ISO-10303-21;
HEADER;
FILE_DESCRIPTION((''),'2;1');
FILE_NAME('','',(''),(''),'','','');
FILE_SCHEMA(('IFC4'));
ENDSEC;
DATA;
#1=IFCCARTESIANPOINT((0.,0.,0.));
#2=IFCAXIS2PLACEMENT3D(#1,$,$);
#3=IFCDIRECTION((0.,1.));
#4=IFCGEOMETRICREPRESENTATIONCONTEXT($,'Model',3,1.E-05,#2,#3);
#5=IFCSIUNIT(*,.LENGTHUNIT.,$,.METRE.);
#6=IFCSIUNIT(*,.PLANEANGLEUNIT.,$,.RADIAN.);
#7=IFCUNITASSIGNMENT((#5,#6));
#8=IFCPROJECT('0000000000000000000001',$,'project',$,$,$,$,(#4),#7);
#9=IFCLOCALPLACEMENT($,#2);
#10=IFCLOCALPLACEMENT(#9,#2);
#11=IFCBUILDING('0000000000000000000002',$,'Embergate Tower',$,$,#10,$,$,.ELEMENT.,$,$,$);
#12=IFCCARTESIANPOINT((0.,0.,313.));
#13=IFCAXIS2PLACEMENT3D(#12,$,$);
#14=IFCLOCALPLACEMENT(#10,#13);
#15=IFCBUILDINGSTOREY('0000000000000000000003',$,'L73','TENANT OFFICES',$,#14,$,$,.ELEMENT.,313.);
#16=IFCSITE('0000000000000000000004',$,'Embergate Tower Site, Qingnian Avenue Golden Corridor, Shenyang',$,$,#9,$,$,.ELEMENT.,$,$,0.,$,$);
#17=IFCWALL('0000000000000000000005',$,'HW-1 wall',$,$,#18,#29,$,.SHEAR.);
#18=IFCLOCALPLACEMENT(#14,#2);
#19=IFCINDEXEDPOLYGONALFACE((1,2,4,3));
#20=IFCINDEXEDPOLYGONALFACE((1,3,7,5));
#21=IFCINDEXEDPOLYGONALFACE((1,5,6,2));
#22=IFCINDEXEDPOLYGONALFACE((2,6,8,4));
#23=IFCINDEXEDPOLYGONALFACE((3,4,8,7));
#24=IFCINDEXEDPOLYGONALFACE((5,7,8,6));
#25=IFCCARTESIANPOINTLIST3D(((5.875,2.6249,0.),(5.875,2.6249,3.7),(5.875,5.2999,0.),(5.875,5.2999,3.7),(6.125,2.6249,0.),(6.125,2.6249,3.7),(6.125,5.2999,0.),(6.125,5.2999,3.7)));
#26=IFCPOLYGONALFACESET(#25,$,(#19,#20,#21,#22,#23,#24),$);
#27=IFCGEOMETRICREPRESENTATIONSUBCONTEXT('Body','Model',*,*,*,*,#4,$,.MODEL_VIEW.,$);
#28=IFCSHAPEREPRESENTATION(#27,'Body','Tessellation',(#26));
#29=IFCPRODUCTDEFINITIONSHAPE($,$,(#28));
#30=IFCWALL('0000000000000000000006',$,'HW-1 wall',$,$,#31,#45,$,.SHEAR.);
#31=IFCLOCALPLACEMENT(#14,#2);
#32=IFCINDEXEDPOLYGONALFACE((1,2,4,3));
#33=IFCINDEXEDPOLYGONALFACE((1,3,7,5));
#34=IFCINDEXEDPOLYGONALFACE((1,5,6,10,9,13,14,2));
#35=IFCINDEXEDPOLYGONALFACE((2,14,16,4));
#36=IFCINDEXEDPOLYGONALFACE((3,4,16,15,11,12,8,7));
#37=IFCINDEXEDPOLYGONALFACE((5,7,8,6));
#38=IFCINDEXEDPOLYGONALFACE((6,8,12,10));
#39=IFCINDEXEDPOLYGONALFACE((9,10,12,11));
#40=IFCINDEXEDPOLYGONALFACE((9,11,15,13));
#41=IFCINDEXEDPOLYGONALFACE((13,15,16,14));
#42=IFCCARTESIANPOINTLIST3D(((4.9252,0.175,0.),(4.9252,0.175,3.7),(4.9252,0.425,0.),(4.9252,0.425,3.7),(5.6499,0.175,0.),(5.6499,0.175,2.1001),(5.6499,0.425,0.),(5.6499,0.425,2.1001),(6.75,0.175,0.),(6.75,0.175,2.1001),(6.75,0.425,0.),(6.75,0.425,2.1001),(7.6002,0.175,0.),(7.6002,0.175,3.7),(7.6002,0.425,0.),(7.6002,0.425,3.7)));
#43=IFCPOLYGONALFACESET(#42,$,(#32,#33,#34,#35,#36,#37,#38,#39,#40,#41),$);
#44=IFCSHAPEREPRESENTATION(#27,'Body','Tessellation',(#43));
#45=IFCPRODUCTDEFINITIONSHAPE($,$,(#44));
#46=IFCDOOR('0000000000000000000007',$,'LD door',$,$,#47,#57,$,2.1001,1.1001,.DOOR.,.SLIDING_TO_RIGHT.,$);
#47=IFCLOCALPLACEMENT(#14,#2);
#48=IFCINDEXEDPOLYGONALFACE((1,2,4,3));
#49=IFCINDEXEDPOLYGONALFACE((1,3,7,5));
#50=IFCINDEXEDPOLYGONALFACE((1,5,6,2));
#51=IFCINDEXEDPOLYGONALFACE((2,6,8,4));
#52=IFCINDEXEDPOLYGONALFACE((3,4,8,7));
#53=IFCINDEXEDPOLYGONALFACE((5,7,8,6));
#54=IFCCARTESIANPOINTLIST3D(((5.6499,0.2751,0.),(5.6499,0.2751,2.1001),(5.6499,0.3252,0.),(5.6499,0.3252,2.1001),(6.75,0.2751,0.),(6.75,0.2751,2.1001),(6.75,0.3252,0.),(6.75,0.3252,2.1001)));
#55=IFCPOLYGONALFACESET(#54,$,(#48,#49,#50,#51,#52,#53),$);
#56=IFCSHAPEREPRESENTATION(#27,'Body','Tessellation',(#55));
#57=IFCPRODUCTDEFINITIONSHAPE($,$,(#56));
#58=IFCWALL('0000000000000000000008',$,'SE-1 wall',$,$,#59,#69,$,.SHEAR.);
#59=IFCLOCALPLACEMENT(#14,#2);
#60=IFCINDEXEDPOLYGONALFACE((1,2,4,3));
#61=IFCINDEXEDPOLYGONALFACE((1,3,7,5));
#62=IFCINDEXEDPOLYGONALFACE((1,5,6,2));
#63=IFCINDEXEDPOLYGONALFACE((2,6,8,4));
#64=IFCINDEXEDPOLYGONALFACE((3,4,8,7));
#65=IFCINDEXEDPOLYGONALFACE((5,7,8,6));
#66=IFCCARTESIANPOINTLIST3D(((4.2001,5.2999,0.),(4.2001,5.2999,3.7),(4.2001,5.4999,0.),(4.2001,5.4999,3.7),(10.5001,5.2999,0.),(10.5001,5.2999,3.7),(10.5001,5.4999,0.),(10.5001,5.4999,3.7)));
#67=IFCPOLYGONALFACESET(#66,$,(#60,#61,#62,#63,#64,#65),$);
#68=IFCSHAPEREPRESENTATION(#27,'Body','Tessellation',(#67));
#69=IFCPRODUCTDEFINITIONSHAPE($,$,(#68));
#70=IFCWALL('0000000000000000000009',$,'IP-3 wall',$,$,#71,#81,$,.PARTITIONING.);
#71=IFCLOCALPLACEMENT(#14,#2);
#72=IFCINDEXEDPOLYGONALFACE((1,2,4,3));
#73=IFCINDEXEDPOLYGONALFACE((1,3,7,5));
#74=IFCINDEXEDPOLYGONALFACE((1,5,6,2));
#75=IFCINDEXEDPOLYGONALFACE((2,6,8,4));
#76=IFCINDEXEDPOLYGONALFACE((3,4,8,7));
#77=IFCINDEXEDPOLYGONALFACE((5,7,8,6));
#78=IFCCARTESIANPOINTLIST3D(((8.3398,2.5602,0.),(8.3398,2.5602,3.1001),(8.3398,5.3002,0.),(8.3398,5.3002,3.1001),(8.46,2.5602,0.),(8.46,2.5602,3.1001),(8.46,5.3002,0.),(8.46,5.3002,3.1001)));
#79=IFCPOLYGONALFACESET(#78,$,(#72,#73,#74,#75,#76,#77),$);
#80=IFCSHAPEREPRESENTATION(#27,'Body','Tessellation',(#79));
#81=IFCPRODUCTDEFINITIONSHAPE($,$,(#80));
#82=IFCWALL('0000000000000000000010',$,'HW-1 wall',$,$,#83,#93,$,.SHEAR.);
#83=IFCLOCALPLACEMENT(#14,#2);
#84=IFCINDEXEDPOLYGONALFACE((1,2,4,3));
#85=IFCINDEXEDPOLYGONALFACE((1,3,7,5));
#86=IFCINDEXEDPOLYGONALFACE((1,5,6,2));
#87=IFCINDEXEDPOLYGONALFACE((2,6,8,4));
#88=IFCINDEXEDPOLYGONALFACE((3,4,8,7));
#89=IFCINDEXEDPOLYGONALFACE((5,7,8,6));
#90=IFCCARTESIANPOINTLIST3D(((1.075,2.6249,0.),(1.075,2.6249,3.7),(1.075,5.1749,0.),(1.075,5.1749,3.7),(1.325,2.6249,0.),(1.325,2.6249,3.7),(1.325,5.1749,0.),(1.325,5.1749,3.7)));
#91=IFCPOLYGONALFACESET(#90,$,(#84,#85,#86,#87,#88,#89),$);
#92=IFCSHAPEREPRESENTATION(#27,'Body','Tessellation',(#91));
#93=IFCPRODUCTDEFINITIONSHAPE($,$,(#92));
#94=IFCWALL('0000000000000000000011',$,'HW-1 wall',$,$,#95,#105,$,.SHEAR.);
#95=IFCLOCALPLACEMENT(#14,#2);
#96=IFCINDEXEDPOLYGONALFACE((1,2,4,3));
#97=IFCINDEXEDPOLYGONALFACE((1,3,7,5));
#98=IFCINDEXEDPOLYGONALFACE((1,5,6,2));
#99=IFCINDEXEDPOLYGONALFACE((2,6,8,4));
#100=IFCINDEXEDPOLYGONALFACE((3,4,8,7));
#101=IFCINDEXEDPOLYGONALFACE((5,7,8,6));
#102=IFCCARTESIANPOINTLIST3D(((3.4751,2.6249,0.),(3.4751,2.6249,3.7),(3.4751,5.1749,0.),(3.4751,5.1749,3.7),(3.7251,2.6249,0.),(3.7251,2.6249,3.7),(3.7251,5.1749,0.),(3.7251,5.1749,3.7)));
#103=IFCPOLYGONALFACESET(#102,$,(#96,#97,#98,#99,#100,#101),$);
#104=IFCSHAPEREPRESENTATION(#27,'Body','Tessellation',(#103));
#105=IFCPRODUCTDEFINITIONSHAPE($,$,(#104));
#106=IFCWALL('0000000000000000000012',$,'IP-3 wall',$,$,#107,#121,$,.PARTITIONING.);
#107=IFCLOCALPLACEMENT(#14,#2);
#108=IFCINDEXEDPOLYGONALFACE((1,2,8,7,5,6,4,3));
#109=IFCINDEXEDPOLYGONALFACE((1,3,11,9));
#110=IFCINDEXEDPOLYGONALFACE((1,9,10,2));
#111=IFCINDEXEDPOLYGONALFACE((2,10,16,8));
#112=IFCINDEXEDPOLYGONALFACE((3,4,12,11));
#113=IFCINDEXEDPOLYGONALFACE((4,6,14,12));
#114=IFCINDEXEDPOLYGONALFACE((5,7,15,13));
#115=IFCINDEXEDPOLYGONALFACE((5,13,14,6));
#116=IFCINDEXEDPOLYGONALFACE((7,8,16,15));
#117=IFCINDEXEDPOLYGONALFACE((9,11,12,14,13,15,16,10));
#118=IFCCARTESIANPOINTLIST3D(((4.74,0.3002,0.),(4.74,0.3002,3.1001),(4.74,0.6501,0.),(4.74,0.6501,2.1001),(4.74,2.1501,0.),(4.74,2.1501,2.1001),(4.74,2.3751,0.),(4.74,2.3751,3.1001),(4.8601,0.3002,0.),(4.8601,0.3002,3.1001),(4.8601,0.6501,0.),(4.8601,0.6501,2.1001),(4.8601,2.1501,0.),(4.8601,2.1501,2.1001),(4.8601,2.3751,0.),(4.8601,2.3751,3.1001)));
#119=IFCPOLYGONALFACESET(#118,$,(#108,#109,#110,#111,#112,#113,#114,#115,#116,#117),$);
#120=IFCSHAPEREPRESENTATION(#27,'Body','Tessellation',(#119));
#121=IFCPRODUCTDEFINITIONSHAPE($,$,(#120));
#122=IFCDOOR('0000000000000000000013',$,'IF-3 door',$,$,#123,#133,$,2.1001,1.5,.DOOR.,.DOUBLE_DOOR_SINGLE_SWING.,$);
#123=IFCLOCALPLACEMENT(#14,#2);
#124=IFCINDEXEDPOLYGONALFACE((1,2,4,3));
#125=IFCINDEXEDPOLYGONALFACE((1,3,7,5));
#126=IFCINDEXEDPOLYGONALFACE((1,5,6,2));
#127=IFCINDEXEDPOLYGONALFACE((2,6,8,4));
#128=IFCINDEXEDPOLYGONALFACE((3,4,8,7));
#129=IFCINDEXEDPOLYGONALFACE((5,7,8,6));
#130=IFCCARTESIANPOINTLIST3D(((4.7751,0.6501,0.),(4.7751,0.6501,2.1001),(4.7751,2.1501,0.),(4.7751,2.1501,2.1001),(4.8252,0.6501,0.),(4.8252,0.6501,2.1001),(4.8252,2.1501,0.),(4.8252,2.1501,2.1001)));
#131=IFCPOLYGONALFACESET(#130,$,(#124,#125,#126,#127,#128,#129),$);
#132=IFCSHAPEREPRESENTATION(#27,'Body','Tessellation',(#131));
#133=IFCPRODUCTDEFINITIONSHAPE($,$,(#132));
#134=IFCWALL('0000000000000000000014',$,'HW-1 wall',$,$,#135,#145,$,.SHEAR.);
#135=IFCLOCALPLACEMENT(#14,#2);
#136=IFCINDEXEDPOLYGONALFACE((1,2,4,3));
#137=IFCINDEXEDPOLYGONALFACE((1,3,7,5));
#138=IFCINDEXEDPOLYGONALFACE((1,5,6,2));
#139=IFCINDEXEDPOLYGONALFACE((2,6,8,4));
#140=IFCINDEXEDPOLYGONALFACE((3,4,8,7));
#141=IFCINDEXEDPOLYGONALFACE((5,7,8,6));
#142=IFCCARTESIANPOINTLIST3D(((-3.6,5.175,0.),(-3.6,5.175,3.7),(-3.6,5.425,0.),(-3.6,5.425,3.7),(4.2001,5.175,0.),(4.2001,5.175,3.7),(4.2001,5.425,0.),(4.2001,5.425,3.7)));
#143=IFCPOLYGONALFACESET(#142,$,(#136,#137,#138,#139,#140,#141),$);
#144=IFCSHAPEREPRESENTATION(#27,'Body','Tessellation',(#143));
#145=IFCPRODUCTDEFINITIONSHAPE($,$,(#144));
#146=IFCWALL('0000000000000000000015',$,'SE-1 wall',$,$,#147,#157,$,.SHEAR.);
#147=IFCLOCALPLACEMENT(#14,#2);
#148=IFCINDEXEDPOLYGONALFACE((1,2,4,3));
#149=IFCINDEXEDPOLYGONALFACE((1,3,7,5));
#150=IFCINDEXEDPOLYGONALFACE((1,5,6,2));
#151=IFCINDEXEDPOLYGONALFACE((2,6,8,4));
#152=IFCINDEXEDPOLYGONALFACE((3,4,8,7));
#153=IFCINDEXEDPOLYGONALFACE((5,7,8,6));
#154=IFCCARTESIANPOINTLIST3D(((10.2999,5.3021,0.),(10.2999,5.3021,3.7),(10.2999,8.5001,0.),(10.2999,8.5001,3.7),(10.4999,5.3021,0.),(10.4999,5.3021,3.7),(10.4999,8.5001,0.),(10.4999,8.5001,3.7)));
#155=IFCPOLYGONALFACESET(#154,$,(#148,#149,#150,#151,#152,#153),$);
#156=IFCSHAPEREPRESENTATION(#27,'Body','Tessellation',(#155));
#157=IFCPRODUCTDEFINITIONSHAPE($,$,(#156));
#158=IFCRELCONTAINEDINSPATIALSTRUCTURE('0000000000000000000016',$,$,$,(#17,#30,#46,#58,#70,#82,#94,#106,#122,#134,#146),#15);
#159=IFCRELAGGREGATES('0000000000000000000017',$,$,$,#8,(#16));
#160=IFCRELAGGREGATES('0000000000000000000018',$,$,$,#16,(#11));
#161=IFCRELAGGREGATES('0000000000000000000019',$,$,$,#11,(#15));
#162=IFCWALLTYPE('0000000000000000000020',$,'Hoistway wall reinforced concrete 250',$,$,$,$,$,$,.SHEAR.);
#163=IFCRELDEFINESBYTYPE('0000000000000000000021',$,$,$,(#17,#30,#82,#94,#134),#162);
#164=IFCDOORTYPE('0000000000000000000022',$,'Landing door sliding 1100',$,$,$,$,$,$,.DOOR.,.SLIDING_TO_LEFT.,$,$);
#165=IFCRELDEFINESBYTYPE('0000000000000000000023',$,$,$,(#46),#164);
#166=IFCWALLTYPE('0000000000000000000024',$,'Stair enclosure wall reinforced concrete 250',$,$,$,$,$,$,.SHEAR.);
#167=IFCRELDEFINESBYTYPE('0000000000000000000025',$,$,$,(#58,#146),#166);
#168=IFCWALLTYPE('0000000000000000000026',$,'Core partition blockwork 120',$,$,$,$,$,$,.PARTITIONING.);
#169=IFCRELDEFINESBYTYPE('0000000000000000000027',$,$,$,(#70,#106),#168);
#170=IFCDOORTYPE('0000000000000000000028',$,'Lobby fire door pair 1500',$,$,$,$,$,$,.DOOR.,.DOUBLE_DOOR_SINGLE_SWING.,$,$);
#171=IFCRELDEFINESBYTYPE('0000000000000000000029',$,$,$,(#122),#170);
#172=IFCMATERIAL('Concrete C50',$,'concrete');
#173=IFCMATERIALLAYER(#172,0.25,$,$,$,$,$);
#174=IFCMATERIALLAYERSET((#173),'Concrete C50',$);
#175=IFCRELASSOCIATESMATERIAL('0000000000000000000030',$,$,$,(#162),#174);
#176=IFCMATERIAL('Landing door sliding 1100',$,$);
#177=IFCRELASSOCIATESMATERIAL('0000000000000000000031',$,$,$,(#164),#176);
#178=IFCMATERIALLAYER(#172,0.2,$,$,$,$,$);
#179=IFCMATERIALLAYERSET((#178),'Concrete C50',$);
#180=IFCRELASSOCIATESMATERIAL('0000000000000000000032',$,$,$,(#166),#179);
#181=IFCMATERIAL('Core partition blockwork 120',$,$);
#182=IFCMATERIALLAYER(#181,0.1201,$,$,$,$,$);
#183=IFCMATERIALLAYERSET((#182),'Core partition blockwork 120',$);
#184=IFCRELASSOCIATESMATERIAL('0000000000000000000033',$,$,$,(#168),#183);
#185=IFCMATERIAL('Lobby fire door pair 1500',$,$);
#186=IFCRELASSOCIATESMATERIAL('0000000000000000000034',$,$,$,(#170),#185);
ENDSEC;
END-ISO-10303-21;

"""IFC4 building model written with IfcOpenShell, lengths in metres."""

from ifc_helpers import new_model, si_unit, direction, frame, frame_2d, origin, place, context, subcontext, project, spatial, rectangle, extrude, source, transform, mapped, material, layer, layer_set, type_object, element, fill, save


model = new_model("IFC4")

# Units and contexts
model_context = context("Model", 3, precision=1e-05, world=origin(), true_north=direction((0.0, 1.0)))
body_context = subcontext(model_context, "Body", "Model", "MODEL_VIEW")
ifc_project = project(units=[si_unit("LENGTHUNIT", "METRE"), si_unit("PLANEANGLEUNIT", "RADIAN")], contexts=[model_context])

# Site, building, storey
site_placement = place(None, origin())
site = spatial("IfcSite", under=ifc_project, at=site_placement, Name="Embergate Tower Site, Qingnian Avenue Golden Corridor, Shenyang", CompositionType="ELEMENT", RefElevation=0.0)
building_placement = place(site_placement, origin())
building = spatial("IfcBuilding", under=site, at=building_placement, Name="Embergate Tower", CompositionType="ELEMENT")
storey_placement = place(building_placement, frame((0.0, 0.0, 313.0)))
storey = spatial("IfcBuildingStorey", under=building, at=storey_placement, Name="L73", Description="TENANT OFFICES", CompositionType="ELEMENT", Elevation=313.0)

# Wall
ifc_material_1 = material(Name="Concrete C50", Category="concrete")
ifc_layer_1 = layer(ifc_material_1, 0.25)
ifc_layer_set_1 = layer_set([ifc_layer_1], Name="Concrete C50")
wall_type_1 = type_object("IfcWallType", Name="Hoistway wall reinforced concrete 250", PredefinedType="SHEAR", material=ifc_layer_set_1)
shared_shape_1 = source(origin(), body_context, "Body", "SweptSolid", [
    extrude(rectangle(XDim=2.675, YDim=0.25, at=frame_2d((1.3374, 0.0))), origin(), (0.0, 0.0, 1.0), 3.7),
])
wall_1_placement = place(storey_placement, frame((6.0, 2.625, 0.0), z_axis=(0.0, 0.0, 1.0), x_axis=(0.0, 1.0, 0.0)))
element("IfcWall", 1, at=wall_1_placement, inside=storey, type_object=wall_type_1, Name="HW-1 wall", PredefinedType="SHEAR", context=body_context, shape_type="MappedRepresentation", body=[
    mapped(shared_shape_1, transform((0.0, 0.0, 0.0))),
])

# Wall, opening, door
wall_2_placement = place(storey_placement, frame((7.6001, 0.3, 0.0), z_axis=(0.0, 0.0, 1.0), x_axis=(-1.0, 0.0, 0.0)))
wall_2 = element("IfcWall", 2, at=wall_2_placement, inside=storey, type_object=wall_type_1, Name="HW-1 wall", PredefinedType="SHEAR", context=body_context, shape_type="MappedRepresentation", body=[
    mapped(shared_shape_1, transform((0.0, 0.0, 0.0))),
])
shared_shape_2 = source(origin(), body_context, "Body", "SweptSolid", [
    extrude(rectangle(XDim=1.1001, YDim=2.1001, at=frame_2d((0.55, 1.05))), frame((0.0, 0.135, 0.0), z_axis=(0.0, -1.0, 0.0), x_axis=(1.0, 0.0, 0.0)), (0.0, 0.0, 1.0), 0.27),
])
opening_1_placement = place(wall_2_placement, frame((0.8501, 0.0, 0.0)))
opening_1 = element("IfcOpeningElement", 3, at=opening_1_placement, cuts=wall_2, PredefinedType="OPENING", context=body_context, shape_type="MappedRepresentation", body=[
    mapped(shared_shape_2, transform((0.0, 0.0, 0.0))),
])
ifc_material_2 = material(Name="Landing door sliding 1100")
door_type_1 = type_object("IfcDoorType", Name="Landing door sliding 1100", OperationType="SLIDING_TO_LEFT", PredefinedType="DOOR", material=ifc_material_2)
shared_shape_3 = source(origin(), body_context, "Body", "SweptSolid", [
    extrude(rectangle(XDim=1.1001, YDim=2.1001, at=frame_2d((0.55, 1.05))), frame((0.0, 0.0249, 0.0), z_axis=(0.0, -1.0, 0.0), x_axis=(1.0, 0.0, 0.0)), (0.0, 0.0, 1.0), 0.05),
])
door_1_placement = place(opening_1_placement, origin())
door_1 = element("IfcDoor", 4, at=door_1_placement, inside=storey, type_object=door_type_1, Name="LD door", OperationType="SLIDING_TO_RIGHT", OverallHeight=2.1001, OverallWidth=1.1001, PredefinedType="DOOR", context=body_context, shape_type="MappedRepresentation", body=[
    mapped(shared_shape_3, transform((0.0, 0.0, 0.0))),
])
fill(opening_1, door_1)

# Walls
ifc_layer_2 = layer(ifc_material_1, 0.2)
ifc_layer_set_2 = layer_set([ifc_layer_2], Name="Concrete C50")
wall_type_2 = type_object("IfcWallType", Name="Stair enclosure wall reinforced concrete 250", PredefinedType="SHEAR", material=ifc_layer_set_2)
shared_shape_4 = source(origin(), body_context, "Body", "SweptSolid", [
    extrude(rectangle(XDim=6.3, YDim=0.2, at=frame_2d((3.1499, 0.0))), origin(), (0.0, 0.0, 1.0), 3.7),
])
wall_3_placement = place(storey_placement, frame((10.5, 5.3999, 0.0), z_axis=(0.0, 0.0, 1.0), x_axis=(-1.0, 0.0, 0.0)))
element("IfcWall", 5, at=wall_3_placement, inside=storey, type_object=wall_type_2, Name="SE-1 wall", PredefinedType="SHEAR", context=body_context, shape_type="MappedRepresentation", body=[
    mapped(shared_shape_4, transform((0.0, 0.0, 0.0))),
])
ifc_material_3 = material(Name="Core partition blockwork 120")
ifc_layer_3 = layer(ifc_material_3, 0.1201)
ifc_layer_set_3 = layer_set([ifc_layer_3], Name="Core partition blockwork 120")
wall_type_3 = type_object("IfcWallType", Name="Core partition blockwork 120", PredefinedType="PARTITIONING", material=ifc_layer_set_3)
shared_shape_5 = source(origin(), body_context, "Body", "SweptSolid", [
    extrude(rectangle(XDim=2.74, YDim=0.1201, at=frame_2d((1.3701, 0.0))), origin(), (0.0, 0.0, 1.0), 3.1001),
])
wall_4_placement = place(storey_placement, frame((8.3999, 2.5601, 0.0), z_axis=(0.0, 0.0, 1.0), x_axis=(0.0, 1.0, 0.0)))
element("IfcWall", 6, at=wall_4_placement, inside=storey, type_object=wall_type_3, Name="IP-3 wall", PredefinedType="PARTITIONING", context=body_context, shape_type="MappedRepresentation", body=[
    mapped(shared_shape_5, transform((0.0, 0.0, 0.0))),
])
shared_shape_6 = source(origin(), body_context, "Body", "SweptSolid", [
    extrude(rectangle(XDim=2.55, YDim=0.25, at=frame_2d((1.2749, 0.0))), origin(), (0.0, 0.0, 1.0), 3.7),
])
for number, where, z_axis, x_axis, name in (
    (7, (1.2, 2.625, 0.0), (0.0, 0.0, 1.0), (0.0, 1.0, 0.0), "HW-1 wall"),
    (8, (3.6001, 2.625, 0.0), (0.0, 0.0, 1.0), (0.0, 1.0, 0.0), "HW-1 wall"),
):
    element("IfcWall", number, at=place(storey_placement, frame(where, z_axis=z_axis, x_axis=x_axis)), inside=storey, type_object=wall_type_1, Name=name, PredefinedType="SHEAR", context=body_context, shape_type="MappedRepresentation", body=[
        mapped(shared_shape_6, transform((0.0, 0.0, 0.0))),
    ])

# Wall, opening, door
shared_shape_7 = source(origin(), body_context, "Body", "SweptSolid", [
    extrude(rectangle(XDim=2.075, YDim=0.1201, at=frame_2d((1.0376, 0.0))), origin(), (0.0, 0.0, 1.0), 3.1001),
])
wall_5_placement = place(storey_placement, frame((4.8, 0.3, 0.0), z_axis=(0.0, 0.0, 1.0), x_axis=(0.0, 1.0, 0.0)))
wall_5 = element("IfcWall", 9, at=wall_5_placement, inside=storey, type_object=wall_type_3, Name="IP-3 wall", PredefinedType="PARTITIONING", context=body_context, shape_type="MappedRepresentation", body=[
    mapped(shared_shape_7, transform((0.0, 0.0, 0.0))),
])
shared_shape_8 = source(origin(), body_context, "Body", "SweptSolid", [
    extrude(rectangle(XDim=1.5, YDim=2.1001, at=frame_2d((0.75, 1.05))), frame((0.0, 0.0701, 0.0), z_axis=(0.0, -1.0, 0.0), x_axis=(1.0, 0.0, 0.0)), (0.0, 0.0, 1.0), 0.1401),
])
opening_2_placement = place(wall_5_placement, frame((0.3501, 0.0, 0.0)))
opening_2 = element("IfcOpeningElement", 10, at=opening_2_placement, cuts=wall_5, PredefinedType="OPENING", context=body_context, shape_type="MappedRepresentation", body=[
    mapped(shared_shape_8, transform((0.0, 0.0, 0.0))),
])
ifc_material_4 = material(Name="Lobby fire door pair 1500")
door_type_2 = type_object("IfcDoorType", Name="Lobby fire door pair 1500", OperationType="DOUBLE_DOOR_SINGLE_SWING", PredefinedType="DOOR", material=ifc_material_4)
shared_shape_9 = source(origin(), body_context, "Body", "SweptSolid", [
    extrude(rectangle(XDim=1.5, YDim=2.1001, at=frame_2d((0.75, 1.05))), frame((0.0, 0.0249, 0.0), z_axis=(0.0, -1.0, 0.0), x_axis=(1.0, 0.0, 0.0)), (0.0, 0.0, 1.0), 0.05),
])
door_2_placement = place(opening_2_placement, origin())
door_2 = element("IfcDoor", 11, at=door_2_placement, inside=storey, type_object=door_type_2, Name="IF-3 door", OperationType="DOUBLE_DOOR_SINGLE_SWING", OverallHeight=2.1001, OverallWidth=1.5, PredefinedType="DOOR", context=body_context, shape_type="MappedRepresentation", body=[
    mapped(shared_shape_9, transform((0.0, 0.0, 0.0))),
])
fill(opening_2, door_2)

# Walls
shared_shape_10 = source(origin(), body_context, "Body", "SweptSolid", [
    extrude(rectangle(XDim=7.8, YDim=0.25, at=frame_2d((3.8999, 0.0))), origin(), (0.0, 0.0, 1.0), 3.7),
])
wall_6_placement = place(storey_placement, frame((4.2, 5.3, 0.0), z_axis=(0.0, 0.0, 1.0), x_axis=(-1.0, 0.0, 0.0)))
element("IfcWall", 12, at=wall_6_placement, inside=storey, type_object=wall_type_1, Name="HW-1 wall", PredefinedType="SHEAR", context=body_context, shape_type="MappedRepresentation", body=[
    mapped(shared_shape_10, transform((0.0, 0.0, 0.0))),
])
shared_shape_11 = source(origin(), body_context, "Body", "SweptSolid", [
    extrude(rectangle(XDim=3.198, YDim=0.2, at=frame_2d((1.5991, 0.0))), origin(), (0.0, 0.0, 1.0), 3.7),
])
wall_7_placement = place(storey_placement, frame((10.3999, 5.302, 0.0), z_axis=(0.0, 0.0, 1.0), x_axis=(0.0, 1.0, 0.0)))
element("IfcWall", 13, at=wall_7_placement, inside=storey, type_object=wall_type_2, Name="SE-1 wall", PredefinedType="SHEAR", context=body_context, shape_type="MappedRepresentation", body=[
    mapped(shared_shape_11, transform((0.0, 0.0, 0.0))),
])

save(model, "model.ifc")
